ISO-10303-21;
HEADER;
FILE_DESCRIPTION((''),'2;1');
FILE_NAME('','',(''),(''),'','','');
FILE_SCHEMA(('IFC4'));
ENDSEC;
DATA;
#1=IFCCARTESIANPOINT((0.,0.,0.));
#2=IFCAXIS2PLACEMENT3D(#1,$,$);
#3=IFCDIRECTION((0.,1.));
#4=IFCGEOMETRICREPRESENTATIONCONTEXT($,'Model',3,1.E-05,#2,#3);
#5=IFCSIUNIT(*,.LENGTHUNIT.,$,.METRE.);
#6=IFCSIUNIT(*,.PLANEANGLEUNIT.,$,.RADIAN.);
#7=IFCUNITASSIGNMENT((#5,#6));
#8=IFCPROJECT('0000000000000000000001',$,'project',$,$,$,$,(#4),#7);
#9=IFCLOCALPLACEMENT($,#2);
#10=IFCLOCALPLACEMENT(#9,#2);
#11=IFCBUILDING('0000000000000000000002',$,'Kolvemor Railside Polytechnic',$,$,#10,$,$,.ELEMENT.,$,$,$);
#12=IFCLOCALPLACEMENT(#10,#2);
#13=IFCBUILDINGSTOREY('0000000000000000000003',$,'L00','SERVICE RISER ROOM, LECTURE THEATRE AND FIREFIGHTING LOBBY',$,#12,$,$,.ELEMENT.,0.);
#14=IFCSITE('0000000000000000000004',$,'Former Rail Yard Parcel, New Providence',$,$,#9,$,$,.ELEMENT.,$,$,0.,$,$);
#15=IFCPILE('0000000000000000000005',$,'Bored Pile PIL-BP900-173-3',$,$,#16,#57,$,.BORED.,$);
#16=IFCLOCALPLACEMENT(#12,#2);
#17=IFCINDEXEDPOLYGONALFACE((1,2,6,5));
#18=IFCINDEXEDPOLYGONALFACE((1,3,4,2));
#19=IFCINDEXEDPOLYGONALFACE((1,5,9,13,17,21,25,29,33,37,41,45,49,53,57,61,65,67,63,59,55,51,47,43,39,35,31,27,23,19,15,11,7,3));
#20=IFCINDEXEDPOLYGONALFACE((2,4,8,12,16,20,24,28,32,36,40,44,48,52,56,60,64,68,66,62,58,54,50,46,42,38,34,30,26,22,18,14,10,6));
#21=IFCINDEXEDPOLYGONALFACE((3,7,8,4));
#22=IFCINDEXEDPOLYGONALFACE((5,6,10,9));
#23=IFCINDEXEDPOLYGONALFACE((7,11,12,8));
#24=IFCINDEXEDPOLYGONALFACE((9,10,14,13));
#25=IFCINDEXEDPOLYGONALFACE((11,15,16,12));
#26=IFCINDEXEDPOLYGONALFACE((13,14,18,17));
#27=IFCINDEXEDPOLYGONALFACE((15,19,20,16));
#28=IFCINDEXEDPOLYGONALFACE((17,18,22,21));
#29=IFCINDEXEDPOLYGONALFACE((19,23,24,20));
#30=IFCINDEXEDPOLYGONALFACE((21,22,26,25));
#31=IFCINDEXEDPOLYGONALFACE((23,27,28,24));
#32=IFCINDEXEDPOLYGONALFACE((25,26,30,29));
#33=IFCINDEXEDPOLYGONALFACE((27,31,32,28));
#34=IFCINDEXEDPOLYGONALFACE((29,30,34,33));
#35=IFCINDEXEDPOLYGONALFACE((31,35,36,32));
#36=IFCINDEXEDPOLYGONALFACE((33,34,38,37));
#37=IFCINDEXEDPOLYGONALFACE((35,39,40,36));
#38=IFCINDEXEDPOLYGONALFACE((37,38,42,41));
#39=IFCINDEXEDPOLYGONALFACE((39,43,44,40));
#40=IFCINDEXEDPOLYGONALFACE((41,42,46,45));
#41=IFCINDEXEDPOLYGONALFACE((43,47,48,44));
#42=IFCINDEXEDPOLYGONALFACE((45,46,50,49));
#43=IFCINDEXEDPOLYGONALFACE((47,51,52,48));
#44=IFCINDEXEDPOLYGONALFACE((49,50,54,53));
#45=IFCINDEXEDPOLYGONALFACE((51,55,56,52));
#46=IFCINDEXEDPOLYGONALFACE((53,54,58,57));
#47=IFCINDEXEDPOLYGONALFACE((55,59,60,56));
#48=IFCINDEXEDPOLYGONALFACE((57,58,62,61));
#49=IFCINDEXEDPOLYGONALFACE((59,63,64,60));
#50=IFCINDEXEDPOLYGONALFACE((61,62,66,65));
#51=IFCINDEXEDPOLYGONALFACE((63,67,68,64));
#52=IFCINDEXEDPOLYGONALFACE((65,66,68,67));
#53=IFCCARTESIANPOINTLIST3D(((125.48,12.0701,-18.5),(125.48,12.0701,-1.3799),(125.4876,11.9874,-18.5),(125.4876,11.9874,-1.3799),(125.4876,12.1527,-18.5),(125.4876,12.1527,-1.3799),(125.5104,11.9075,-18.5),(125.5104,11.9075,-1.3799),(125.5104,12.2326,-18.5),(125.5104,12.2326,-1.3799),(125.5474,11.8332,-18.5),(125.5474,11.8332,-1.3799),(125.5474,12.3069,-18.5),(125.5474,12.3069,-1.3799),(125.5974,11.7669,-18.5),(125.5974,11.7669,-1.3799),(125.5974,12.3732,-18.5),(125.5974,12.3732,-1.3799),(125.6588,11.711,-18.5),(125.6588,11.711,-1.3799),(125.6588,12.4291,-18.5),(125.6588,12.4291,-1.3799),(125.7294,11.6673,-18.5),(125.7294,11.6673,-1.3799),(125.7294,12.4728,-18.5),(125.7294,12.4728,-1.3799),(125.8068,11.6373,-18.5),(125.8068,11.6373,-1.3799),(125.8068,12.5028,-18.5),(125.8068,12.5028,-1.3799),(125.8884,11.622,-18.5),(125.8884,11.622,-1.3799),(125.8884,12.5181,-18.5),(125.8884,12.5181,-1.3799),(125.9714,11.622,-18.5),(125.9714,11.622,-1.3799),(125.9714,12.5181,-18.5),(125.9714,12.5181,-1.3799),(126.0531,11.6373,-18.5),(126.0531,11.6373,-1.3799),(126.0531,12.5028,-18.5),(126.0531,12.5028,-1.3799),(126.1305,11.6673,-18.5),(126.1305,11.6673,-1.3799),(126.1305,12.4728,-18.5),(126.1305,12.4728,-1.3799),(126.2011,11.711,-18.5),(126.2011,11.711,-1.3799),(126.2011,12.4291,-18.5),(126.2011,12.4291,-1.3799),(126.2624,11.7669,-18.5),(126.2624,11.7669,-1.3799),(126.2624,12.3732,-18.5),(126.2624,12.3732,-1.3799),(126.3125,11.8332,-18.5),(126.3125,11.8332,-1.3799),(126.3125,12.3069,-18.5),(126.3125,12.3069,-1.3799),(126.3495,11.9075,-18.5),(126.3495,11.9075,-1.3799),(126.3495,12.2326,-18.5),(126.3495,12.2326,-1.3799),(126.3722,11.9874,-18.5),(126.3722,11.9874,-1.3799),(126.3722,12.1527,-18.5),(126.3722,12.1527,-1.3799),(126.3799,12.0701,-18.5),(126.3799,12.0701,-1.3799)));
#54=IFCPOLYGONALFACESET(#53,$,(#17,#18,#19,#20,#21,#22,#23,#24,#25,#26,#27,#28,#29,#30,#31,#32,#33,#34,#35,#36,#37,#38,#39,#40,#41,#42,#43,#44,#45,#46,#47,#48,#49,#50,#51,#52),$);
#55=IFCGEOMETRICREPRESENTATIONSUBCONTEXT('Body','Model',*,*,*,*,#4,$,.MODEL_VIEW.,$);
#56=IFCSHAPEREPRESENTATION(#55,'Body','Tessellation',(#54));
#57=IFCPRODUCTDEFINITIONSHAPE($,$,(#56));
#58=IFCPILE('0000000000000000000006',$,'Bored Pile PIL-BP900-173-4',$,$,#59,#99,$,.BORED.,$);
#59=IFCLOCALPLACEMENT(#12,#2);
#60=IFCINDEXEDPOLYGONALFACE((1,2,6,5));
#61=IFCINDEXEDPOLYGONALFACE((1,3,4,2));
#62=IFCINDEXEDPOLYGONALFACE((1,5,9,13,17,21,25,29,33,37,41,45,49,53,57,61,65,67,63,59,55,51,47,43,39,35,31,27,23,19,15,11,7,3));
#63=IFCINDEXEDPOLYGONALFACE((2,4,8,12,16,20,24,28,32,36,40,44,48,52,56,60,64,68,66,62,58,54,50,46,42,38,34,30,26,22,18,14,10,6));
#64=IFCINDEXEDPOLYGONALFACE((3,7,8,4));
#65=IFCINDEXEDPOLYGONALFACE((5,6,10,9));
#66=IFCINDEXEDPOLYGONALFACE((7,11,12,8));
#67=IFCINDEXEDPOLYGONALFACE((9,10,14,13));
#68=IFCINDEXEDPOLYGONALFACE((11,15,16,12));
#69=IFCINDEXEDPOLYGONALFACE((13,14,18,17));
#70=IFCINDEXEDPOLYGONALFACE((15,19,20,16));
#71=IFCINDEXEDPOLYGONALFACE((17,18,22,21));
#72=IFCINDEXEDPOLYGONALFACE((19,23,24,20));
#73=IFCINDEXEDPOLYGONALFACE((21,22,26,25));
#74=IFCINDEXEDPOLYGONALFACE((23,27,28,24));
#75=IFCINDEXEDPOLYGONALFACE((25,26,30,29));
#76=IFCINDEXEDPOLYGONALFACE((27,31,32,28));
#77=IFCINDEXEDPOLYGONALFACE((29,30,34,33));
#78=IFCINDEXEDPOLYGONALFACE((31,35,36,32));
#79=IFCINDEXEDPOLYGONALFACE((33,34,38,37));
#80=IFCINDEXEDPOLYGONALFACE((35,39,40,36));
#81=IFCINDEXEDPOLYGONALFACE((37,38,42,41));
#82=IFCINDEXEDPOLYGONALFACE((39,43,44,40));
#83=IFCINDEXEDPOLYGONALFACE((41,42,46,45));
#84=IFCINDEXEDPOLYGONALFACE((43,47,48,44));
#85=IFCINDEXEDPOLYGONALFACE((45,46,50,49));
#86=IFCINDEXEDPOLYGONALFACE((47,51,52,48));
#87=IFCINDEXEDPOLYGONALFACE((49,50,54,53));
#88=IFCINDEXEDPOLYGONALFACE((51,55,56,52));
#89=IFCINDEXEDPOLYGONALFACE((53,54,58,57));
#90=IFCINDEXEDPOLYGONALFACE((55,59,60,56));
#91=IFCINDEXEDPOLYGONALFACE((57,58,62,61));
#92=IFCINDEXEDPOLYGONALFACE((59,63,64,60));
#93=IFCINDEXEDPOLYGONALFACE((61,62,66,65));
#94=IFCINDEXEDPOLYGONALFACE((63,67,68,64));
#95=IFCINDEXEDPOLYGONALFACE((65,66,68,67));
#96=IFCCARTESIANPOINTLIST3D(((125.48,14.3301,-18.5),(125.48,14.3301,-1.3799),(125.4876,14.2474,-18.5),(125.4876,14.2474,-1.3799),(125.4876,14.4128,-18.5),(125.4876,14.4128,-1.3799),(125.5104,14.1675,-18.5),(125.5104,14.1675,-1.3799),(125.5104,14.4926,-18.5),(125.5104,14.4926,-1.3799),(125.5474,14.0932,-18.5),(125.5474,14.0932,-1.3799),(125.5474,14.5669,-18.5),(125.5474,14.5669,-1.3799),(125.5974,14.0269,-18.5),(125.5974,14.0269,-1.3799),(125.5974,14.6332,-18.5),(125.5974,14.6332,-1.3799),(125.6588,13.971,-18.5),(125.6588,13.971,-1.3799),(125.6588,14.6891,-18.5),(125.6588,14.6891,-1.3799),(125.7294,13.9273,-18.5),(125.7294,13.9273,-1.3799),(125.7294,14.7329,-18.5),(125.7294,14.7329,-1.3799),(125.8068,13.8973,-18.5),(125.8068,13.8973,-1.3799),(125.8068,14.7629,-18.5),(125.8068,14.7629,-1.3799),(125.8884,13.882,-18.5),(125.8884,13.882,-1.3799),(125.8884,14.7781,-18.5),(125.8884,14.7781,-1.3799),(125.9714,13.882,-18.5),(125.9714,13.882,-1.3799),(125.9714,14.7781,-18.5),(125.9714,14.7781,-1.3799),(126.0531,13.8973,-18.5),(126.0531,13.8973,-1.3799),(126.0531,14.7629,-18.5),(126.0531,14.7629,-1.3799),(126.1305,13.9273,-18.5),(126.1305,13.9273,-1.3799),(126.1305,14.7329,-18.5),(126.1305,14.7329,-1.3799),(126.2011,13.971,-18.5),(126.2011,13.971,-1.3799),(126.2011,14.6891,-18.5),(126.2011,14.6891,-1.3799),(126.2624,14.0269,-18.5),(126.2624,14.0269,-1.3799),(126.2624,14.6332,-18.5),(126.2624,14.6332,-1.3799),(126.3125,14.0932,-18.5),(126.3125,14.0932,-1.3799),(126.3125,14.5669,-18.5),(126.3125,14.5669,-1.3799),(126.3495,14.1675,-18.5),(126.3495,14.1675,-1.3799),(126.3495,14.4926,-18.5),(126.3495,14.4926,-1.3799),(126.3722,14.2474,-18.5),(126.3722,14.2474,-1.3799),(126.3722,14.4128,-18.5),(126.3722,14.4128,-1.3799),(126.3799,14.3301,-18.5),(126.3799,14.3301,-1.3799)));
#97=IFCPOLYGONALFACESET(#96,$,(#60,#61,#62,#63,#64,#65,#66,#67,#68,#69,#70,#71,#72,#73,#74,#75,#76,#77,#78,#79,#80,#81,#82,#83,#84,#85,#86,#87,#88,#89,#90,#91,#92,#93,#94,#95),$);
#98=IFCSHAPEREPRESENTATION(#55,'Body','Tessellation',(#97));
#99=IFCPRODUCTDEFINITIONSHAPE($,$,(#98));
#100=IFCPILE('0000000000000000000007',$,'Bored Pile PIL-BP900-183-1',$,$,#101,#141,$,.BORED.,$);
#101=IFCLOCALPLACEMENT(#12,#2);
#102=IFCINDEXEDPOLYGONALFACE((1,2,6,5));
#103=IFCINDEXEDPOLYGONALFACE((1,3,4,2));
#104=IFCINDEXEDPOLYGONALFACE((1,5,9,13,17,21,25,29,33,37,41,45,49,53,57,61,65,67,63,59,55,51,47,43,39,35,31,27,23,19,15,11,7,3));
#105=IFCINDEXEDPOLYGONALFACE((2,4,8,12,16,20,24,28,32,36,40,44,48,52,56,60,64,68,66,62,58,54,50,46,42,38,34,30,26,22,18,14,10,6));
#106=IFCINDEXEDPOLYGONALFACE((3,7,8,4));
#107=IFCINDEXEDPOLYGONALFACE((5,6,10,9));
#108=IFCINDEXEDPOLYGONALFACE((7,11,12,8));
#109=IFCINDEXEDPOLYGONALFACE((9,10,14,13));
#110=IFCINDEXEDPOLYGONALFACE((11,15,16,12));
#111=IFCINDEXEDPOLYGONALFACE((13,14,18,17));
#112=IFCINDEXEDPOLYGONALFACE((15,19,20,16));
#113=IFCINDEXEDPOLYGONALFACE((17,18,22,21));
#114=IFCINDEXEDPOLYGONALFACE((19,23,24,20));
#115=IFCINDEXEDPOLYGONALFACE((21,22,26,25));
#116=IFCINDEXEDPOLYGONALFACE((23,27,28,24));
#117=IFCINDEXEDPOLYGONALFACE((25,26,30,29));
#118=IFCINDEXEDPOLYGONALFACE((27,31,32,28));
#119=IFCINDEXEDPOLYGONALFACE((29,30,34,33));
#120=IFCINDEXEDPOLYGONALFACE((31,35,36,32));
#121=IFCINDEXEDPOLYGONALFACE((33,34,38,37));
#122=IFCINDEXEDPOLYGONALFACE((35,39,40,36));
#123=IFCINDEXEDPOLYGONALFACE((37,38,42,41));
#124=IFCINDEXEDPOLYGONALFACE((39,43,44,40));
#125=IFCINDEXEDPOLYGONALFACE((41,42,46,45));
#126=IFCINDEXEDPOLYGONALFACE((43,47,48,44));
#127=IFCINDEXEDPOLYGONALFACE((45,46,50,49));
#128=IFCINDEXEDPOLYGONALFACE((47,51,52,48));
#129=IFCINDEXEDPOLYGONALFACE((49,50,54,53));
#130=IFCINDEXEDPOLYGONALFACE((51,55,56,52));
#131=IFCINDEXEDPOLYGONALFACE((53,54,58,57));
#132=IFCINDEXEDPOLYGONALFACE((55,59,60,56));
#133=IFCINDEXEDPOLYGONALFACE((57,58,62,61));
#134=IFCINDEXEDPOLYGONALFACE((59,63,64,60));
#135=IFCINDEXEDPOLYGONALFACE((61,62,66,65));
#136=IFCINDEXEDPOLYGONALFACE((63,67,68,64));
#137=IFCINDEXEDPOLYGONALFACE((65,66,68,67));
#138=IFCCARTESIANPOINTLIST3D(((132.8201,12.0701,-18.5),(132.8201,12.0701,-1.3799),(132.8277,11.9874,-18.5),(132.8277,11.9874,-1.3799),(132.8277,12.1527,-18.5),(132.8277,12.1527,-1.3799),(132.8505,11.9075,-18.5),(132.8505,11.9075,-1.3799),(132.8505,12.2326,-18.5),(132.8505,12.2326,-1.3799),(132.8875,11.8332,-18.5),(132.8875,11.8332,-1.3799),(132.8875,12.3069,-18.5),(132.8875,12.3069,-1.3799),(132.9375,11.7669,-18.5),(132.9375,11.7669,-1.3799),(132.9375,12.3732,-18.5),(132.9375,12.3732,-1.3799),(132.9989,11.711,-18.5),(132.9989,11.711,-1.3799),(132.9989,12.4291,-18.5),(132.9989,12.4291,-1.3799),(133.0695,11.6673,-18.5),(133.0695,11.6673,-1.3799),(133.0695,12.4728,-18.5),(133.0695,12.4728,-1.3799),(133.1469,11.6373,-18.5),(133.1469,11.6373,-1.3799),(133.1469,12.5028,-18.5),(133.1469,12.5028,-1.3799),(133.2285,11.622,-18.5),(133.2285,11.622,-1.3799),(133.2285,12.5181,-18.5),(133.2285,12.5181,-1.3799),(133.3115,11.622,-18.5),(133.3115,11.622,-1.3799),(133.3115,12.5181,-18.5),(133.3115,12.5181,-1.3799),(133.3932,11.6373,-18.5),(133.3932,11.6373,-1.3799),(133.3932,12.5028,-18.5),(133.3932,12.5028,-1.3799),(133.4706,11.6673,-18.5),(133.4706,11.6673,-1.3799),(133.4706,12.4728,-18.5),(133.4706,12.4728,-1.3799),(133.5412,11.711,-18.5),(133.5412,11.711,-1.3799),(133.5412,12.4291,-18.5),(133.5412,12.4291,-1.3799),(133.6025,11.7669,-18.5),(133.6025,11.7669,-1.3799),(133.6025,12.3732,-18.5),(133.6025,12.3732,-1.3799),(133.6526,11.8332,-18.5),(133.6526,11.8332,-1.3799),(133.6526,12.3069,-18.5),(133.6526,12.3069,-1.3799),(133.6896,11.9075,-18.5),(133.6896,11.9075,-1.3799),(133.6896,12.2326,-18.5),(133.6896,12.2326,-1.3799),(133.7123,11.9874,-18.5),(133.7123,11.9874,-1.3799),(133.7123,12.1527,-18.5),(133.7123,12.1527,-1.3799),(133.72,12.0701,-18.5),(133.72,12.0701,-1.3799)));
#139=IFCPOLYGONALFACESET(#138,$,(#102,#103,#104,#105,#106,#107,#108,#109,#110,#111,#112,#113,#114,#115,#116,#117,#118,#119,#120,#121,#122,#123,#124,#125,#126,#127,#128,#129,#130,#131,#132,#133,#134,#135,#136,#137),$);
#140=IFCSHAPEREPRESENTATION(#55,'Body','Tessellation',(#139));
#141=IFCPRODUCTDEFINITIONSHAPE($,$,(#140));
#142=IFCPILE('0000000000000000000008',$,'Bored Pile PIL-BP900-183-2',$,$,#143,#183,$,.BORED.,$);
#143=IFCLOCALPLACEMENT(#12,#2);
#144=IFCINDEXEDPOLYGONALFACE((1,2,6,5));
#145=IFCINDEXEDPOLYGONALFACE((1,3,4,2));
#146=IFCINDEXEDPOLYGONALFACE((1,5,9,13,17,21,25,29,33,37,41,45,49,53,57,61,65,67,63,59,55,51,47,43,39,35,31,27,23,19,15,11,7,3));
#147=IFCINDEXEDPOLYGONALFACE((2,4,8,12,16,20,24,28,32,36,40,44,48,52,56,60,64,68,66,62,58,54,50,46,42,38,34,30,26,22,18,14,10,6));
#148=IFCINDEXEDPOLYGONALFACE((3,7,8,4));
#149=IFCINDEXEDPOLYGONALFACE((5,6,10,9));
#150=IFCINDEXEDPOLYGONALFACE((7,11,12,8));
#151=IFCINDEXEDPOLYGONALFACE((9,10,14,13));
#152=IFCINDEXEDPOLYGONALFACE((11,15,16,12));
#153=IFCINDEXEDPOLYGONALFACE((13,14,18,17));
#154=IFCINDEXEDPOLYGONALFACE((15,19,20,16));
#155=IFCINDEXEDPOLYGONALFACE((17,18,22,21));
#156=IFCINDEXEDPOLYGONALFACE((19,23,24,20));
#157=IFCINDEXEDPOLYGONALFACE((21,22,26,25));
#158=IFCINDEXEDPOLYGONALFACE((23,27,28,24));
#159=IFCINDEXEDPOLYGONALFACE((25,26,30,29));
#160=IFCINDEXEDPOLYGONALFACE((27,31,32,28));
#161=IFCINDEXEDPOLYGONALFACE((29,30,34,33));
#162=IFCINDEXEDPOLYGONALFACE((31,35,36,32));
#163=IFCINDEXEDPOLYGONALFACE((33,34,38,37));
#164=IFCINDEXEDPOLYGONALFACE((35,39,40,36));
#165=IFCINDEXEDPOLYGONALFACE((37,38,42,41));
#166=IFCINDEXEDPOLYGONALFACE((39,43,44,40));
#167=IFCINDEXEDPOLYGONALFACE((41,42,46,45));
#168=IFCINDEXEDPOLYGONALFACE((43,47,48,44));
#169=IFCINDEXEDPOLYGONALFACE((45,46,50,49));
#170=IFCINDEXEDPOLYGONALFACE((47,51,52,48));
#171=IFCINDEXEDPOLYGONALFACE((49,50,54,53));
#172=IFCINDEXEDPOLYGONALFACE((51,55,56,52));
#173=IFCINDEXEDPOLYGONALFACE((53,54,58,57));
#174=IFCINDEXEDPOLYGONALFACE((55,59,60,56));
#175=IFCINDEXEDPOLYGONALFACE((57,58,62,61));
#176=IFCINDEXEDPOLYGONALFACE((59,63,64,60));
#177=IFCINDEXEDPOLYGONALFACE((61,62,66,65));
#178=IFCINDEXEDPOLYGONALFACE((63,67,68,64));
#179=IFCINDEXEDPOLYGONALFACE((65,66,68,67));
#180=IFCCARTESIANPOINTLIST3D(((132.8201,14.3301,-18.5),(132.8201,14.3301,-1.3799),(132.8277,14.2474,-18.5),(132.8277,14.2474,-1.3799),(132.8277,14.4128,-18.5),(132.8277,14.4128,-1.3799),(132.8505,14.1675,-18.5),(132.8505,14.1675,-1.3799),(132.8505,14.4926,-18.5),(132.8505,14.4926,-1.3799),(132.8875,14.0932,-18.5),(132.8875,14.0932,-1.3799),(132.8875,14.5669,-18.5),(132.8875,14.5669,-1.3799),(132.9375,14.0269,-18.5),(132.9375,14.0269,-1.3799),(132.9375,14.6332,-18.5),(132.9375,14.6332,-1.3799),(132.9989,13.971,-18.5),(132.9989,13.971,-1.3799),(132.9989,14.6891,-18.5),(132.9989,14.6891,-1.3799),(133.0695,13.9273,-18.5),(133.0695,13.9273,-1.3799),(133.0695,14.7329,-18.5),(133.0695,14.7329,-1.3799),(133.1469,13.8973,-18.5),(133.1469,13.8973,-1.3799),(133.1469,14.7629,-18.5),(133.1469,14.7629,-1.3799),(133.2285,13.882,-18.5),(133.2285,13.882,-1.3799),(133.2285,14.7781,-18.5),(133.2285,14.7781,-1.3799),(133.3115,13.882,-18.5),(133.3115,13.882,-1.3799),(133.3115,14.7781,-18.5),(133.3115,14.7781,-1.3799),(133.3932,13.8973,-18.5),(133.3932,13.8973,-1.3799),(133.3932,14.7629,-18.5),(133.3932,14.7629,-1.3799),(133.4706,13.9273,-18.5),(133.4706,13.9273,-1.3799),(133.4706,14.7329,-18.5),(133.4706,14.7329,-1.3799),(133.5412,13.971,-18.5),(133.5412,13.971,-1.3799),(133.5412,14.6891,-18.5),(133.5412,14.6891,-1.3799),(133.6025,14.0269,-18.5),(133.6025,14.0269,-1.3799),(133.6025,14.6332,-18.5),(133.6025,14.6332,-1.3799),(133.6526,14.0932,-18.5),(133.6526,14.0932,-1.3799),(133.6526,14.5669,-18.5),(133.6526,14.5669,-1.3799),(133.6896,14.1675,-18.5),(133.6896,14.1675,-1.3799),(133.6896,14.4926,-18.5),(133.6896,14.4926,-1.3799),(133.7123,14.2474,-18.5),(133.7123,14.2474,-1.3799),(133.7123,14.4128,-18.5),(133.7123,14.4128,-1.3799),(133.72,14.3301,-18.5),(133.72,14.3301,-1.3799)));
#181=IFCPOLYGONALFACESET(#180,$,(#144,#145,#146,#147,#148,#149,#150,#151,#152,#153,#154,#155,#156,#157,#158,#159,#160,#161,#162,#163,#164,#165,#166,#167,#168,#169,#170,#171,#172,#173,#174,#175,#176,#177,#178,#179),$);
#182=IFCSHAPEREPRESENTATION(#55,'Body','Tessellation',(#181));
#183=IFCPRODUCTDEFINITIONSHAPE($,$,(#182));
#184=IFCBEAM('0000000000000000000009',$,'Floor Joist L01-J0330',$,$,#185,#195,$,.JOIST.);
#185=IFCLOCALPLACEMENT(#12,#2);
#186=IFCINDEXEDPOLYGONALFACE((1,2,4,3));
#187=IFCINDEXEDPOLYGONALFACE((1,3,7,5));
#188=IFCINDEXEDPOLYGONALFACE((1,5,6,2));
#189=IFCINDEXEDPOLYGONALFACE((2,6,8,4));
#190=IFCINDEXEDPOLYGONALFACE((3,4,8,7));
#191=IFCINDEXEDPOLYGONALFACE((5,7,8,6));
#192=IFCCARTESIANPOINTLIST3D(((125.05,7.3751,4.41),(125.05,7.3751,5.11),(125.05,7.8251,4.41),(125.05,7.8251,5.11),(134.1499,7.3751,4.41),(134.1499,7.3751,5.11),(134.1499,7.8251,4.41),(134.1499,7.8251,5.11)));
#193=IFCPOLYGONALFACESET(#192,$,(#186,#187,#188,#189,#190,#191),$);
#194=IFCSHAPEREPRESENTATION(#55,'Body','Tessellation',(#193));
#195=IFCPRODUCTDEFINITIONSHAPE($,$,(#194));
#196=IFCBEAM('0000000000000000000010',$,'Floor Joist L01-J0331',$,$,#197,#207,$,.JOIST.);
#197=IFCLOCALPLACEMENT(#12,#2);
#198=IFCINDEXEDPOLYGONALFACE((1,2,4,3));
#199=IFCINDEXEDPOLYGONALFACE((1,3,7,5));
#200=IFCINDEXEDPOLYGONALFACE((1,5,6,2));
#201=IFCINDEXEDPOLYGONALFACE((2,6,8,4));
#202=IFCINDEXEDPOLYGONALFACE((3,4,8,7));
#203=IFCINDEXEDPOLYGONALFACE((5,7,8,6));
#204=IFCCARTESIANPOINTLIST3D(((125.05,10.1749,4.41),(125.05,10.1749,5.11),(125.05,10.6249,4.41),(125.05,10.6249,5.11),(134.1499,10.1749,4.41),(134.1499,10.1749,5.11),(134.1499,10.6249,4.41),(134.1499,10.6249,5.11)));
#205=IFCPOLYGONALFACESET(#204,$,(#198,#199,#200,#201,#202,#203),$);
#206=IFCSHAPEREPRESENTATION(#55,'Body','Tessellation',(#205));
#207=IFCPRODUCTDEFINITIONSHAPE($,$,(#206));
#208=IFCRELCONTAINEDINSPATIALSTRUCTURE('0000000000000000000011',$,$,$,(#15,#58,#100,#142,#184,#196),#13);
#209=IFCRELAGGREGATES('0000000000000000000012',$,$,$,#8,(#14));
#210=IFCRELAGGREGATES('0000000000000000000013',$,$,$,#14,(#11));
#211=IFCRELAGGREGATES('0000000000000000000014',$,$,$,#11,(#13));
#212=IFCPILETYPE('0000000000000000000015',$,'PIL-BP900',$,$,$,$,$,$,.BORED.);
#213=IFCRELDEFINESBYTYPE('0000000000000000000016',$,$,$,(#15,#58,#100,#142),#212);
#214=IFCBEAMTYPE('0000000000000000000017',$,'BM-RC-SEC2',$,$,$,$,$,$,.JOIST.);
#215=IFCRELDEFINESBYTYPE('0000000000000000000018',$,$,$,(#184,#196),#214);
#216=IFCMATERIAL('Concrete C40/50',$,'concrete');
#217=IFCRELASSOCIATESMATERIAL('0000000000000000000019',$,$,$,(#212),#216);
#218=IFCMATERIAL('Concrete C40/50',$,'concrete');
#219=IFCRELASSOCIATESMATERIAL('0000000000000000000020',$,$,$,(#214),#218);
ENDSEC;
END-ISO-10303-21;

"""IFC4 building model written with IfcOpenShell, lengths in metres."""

from ifc_helpers import new_model, si_unit, direction, frame, origin, origin_2d, place, context, subcontext, project, spatial, rectangle, circle, extrude, material, material_profile, profile_set, type_object, element, save


model = new_model("IFC4")

# Units and contexts
model_context = context("Model", 3, precision=1e-05, world=origin(), true_north=direction((0.0, 1.0)))
body_context = subcontext(model_context, "Body", "Model", "MODEL_VIEW")
ifc_project = project(units=[si_unit("LENGTHUNIT", "METRE"), si_unit("PLANEANGLEUNIT", "RADIAN")], contexts=[model_context])

# Site, building, storey
site_placement = place(None, origin())
site = spatial("IfcSite", under=ifc_project, at=site_placement, Name="Former Rail Yard Parcel, New Providence", CompositionType="ELEMENT", RefElevation=0.0)
building_placement = place(site_placement, origin())
building = spatial("IfcBuilding", under=site, at=building_placement, Name="Kolvemor Railside Polytechnic", CompositionType="ELEMENT")
storey_placement = place(building_placement, origin())
storey = spatial("IfcBuildingStorey", under=building, at=storey_placement, Name="L00", Description="SERVICE RISER ROOM, LECTURE THEATRE AND FIREFIGHTING LOBBY", CompositionType="ELEMENT", Elevation=0.0)

# Piles
ifc_material_1 = material(Name="Concrete C40/50", Category="concrete")
ifc_material_profile_1 = material_profile(ifc_material_1, circle(Radius=0.45, at=origin_2d()), Name="BP900")
ifc_profile_set_1 = profile_set([ifc_material_profile_1], Name="Concrete C40/50")
pile_type_1 = type_object("IfcPileType", Name="PIL-BP900", PredefinedType="BORED", material=ifc_profile_set_1)
for number, where, z_axis, x_axis, name in (
    (1, (125.9299, 12.0701, -1.3799), (0.0, 0.0, -1.0), (1.0, 0.0, 0.0), "Bored Pile PIL-BP900-173-3"),
    (2, (125.9299, 14.3301, -1.3799), (0.0, 0.0, -1.0), (1.0, 0.0, 0.0), "Bored Pile PIL-BP900-173-4"),
    (3, (133.27, 12.0701, -1.3799), (0.0, 0.0, -1.0), (1.0, 0.0, 0.0), "Bored Pile PIL-BP900-183-1"),
    (4, (133.27, 14.3301, -1.3799), (0.0, 0.0, -1.0), (1.0, 0.0, 0.0), "Bored Pile PIL-BP900-183-2"),
):
    element("IfcPile", number, at=place(storey_placement, frame(where, z_axis=z_axis, x_axis=x_axis)), inside=storey, type_object=pile_type_1, Name=name, PredefinedType="BORED", context=body_context, shape_type="SweptSolid", body=[
        extrude(circle(Radius=0.45, at=origin_2d()), origin(), (0.0, 0.0, 1.0), 17.1201),
    ])

# Beams
ifc_material_2 = material(Name="Concrete C40/50", Category="concrete")
ifc_material_profile_2 = material_profile(ifc_material_2, rectangle(XDim=0.45, YDim=0.7, at=origin_2d()), Name="RC450x700")
ifc_profile_set_2 = profile_set([ifc_material_profile_2], Name="Concrete C40/50")
beam_type_1 = type_object("IfcBeamType", Name="BM-RC-SEC2", PredefinedType="JOIST", material=ifc_profile_set_2)
for number, where, z_axis, x_axis, name in (
    (5, (125.05, 7.6001, 4.76), (1.0, 0.0, 0.0), (0.0, 1.0, 0.0), "Floor Joist L01-J0330"),
    (6, (125.05, 10.3999, 4.76), (1.0, 0.0, 0.0), (0.0, 1.0, 0.0), "Floor Joist L01-J0331"),
):
    element("IfcBeam", number, at=place(storey_placement, frame(where, z_axis=z_axis, x_axis=x_axis)), inside=storey, type_object=beam_type_1, Name=name, PredefinedType="JOIST", context=body_context, shape_type="SweptSolid", body=[
        extrude(rectangle(XDim=0.45, YDim=0.7, at=origin_2d()), origin(), (0.0, 0.0, 1.0), 9.0999),
    ])

save(model, "model.ifc")
